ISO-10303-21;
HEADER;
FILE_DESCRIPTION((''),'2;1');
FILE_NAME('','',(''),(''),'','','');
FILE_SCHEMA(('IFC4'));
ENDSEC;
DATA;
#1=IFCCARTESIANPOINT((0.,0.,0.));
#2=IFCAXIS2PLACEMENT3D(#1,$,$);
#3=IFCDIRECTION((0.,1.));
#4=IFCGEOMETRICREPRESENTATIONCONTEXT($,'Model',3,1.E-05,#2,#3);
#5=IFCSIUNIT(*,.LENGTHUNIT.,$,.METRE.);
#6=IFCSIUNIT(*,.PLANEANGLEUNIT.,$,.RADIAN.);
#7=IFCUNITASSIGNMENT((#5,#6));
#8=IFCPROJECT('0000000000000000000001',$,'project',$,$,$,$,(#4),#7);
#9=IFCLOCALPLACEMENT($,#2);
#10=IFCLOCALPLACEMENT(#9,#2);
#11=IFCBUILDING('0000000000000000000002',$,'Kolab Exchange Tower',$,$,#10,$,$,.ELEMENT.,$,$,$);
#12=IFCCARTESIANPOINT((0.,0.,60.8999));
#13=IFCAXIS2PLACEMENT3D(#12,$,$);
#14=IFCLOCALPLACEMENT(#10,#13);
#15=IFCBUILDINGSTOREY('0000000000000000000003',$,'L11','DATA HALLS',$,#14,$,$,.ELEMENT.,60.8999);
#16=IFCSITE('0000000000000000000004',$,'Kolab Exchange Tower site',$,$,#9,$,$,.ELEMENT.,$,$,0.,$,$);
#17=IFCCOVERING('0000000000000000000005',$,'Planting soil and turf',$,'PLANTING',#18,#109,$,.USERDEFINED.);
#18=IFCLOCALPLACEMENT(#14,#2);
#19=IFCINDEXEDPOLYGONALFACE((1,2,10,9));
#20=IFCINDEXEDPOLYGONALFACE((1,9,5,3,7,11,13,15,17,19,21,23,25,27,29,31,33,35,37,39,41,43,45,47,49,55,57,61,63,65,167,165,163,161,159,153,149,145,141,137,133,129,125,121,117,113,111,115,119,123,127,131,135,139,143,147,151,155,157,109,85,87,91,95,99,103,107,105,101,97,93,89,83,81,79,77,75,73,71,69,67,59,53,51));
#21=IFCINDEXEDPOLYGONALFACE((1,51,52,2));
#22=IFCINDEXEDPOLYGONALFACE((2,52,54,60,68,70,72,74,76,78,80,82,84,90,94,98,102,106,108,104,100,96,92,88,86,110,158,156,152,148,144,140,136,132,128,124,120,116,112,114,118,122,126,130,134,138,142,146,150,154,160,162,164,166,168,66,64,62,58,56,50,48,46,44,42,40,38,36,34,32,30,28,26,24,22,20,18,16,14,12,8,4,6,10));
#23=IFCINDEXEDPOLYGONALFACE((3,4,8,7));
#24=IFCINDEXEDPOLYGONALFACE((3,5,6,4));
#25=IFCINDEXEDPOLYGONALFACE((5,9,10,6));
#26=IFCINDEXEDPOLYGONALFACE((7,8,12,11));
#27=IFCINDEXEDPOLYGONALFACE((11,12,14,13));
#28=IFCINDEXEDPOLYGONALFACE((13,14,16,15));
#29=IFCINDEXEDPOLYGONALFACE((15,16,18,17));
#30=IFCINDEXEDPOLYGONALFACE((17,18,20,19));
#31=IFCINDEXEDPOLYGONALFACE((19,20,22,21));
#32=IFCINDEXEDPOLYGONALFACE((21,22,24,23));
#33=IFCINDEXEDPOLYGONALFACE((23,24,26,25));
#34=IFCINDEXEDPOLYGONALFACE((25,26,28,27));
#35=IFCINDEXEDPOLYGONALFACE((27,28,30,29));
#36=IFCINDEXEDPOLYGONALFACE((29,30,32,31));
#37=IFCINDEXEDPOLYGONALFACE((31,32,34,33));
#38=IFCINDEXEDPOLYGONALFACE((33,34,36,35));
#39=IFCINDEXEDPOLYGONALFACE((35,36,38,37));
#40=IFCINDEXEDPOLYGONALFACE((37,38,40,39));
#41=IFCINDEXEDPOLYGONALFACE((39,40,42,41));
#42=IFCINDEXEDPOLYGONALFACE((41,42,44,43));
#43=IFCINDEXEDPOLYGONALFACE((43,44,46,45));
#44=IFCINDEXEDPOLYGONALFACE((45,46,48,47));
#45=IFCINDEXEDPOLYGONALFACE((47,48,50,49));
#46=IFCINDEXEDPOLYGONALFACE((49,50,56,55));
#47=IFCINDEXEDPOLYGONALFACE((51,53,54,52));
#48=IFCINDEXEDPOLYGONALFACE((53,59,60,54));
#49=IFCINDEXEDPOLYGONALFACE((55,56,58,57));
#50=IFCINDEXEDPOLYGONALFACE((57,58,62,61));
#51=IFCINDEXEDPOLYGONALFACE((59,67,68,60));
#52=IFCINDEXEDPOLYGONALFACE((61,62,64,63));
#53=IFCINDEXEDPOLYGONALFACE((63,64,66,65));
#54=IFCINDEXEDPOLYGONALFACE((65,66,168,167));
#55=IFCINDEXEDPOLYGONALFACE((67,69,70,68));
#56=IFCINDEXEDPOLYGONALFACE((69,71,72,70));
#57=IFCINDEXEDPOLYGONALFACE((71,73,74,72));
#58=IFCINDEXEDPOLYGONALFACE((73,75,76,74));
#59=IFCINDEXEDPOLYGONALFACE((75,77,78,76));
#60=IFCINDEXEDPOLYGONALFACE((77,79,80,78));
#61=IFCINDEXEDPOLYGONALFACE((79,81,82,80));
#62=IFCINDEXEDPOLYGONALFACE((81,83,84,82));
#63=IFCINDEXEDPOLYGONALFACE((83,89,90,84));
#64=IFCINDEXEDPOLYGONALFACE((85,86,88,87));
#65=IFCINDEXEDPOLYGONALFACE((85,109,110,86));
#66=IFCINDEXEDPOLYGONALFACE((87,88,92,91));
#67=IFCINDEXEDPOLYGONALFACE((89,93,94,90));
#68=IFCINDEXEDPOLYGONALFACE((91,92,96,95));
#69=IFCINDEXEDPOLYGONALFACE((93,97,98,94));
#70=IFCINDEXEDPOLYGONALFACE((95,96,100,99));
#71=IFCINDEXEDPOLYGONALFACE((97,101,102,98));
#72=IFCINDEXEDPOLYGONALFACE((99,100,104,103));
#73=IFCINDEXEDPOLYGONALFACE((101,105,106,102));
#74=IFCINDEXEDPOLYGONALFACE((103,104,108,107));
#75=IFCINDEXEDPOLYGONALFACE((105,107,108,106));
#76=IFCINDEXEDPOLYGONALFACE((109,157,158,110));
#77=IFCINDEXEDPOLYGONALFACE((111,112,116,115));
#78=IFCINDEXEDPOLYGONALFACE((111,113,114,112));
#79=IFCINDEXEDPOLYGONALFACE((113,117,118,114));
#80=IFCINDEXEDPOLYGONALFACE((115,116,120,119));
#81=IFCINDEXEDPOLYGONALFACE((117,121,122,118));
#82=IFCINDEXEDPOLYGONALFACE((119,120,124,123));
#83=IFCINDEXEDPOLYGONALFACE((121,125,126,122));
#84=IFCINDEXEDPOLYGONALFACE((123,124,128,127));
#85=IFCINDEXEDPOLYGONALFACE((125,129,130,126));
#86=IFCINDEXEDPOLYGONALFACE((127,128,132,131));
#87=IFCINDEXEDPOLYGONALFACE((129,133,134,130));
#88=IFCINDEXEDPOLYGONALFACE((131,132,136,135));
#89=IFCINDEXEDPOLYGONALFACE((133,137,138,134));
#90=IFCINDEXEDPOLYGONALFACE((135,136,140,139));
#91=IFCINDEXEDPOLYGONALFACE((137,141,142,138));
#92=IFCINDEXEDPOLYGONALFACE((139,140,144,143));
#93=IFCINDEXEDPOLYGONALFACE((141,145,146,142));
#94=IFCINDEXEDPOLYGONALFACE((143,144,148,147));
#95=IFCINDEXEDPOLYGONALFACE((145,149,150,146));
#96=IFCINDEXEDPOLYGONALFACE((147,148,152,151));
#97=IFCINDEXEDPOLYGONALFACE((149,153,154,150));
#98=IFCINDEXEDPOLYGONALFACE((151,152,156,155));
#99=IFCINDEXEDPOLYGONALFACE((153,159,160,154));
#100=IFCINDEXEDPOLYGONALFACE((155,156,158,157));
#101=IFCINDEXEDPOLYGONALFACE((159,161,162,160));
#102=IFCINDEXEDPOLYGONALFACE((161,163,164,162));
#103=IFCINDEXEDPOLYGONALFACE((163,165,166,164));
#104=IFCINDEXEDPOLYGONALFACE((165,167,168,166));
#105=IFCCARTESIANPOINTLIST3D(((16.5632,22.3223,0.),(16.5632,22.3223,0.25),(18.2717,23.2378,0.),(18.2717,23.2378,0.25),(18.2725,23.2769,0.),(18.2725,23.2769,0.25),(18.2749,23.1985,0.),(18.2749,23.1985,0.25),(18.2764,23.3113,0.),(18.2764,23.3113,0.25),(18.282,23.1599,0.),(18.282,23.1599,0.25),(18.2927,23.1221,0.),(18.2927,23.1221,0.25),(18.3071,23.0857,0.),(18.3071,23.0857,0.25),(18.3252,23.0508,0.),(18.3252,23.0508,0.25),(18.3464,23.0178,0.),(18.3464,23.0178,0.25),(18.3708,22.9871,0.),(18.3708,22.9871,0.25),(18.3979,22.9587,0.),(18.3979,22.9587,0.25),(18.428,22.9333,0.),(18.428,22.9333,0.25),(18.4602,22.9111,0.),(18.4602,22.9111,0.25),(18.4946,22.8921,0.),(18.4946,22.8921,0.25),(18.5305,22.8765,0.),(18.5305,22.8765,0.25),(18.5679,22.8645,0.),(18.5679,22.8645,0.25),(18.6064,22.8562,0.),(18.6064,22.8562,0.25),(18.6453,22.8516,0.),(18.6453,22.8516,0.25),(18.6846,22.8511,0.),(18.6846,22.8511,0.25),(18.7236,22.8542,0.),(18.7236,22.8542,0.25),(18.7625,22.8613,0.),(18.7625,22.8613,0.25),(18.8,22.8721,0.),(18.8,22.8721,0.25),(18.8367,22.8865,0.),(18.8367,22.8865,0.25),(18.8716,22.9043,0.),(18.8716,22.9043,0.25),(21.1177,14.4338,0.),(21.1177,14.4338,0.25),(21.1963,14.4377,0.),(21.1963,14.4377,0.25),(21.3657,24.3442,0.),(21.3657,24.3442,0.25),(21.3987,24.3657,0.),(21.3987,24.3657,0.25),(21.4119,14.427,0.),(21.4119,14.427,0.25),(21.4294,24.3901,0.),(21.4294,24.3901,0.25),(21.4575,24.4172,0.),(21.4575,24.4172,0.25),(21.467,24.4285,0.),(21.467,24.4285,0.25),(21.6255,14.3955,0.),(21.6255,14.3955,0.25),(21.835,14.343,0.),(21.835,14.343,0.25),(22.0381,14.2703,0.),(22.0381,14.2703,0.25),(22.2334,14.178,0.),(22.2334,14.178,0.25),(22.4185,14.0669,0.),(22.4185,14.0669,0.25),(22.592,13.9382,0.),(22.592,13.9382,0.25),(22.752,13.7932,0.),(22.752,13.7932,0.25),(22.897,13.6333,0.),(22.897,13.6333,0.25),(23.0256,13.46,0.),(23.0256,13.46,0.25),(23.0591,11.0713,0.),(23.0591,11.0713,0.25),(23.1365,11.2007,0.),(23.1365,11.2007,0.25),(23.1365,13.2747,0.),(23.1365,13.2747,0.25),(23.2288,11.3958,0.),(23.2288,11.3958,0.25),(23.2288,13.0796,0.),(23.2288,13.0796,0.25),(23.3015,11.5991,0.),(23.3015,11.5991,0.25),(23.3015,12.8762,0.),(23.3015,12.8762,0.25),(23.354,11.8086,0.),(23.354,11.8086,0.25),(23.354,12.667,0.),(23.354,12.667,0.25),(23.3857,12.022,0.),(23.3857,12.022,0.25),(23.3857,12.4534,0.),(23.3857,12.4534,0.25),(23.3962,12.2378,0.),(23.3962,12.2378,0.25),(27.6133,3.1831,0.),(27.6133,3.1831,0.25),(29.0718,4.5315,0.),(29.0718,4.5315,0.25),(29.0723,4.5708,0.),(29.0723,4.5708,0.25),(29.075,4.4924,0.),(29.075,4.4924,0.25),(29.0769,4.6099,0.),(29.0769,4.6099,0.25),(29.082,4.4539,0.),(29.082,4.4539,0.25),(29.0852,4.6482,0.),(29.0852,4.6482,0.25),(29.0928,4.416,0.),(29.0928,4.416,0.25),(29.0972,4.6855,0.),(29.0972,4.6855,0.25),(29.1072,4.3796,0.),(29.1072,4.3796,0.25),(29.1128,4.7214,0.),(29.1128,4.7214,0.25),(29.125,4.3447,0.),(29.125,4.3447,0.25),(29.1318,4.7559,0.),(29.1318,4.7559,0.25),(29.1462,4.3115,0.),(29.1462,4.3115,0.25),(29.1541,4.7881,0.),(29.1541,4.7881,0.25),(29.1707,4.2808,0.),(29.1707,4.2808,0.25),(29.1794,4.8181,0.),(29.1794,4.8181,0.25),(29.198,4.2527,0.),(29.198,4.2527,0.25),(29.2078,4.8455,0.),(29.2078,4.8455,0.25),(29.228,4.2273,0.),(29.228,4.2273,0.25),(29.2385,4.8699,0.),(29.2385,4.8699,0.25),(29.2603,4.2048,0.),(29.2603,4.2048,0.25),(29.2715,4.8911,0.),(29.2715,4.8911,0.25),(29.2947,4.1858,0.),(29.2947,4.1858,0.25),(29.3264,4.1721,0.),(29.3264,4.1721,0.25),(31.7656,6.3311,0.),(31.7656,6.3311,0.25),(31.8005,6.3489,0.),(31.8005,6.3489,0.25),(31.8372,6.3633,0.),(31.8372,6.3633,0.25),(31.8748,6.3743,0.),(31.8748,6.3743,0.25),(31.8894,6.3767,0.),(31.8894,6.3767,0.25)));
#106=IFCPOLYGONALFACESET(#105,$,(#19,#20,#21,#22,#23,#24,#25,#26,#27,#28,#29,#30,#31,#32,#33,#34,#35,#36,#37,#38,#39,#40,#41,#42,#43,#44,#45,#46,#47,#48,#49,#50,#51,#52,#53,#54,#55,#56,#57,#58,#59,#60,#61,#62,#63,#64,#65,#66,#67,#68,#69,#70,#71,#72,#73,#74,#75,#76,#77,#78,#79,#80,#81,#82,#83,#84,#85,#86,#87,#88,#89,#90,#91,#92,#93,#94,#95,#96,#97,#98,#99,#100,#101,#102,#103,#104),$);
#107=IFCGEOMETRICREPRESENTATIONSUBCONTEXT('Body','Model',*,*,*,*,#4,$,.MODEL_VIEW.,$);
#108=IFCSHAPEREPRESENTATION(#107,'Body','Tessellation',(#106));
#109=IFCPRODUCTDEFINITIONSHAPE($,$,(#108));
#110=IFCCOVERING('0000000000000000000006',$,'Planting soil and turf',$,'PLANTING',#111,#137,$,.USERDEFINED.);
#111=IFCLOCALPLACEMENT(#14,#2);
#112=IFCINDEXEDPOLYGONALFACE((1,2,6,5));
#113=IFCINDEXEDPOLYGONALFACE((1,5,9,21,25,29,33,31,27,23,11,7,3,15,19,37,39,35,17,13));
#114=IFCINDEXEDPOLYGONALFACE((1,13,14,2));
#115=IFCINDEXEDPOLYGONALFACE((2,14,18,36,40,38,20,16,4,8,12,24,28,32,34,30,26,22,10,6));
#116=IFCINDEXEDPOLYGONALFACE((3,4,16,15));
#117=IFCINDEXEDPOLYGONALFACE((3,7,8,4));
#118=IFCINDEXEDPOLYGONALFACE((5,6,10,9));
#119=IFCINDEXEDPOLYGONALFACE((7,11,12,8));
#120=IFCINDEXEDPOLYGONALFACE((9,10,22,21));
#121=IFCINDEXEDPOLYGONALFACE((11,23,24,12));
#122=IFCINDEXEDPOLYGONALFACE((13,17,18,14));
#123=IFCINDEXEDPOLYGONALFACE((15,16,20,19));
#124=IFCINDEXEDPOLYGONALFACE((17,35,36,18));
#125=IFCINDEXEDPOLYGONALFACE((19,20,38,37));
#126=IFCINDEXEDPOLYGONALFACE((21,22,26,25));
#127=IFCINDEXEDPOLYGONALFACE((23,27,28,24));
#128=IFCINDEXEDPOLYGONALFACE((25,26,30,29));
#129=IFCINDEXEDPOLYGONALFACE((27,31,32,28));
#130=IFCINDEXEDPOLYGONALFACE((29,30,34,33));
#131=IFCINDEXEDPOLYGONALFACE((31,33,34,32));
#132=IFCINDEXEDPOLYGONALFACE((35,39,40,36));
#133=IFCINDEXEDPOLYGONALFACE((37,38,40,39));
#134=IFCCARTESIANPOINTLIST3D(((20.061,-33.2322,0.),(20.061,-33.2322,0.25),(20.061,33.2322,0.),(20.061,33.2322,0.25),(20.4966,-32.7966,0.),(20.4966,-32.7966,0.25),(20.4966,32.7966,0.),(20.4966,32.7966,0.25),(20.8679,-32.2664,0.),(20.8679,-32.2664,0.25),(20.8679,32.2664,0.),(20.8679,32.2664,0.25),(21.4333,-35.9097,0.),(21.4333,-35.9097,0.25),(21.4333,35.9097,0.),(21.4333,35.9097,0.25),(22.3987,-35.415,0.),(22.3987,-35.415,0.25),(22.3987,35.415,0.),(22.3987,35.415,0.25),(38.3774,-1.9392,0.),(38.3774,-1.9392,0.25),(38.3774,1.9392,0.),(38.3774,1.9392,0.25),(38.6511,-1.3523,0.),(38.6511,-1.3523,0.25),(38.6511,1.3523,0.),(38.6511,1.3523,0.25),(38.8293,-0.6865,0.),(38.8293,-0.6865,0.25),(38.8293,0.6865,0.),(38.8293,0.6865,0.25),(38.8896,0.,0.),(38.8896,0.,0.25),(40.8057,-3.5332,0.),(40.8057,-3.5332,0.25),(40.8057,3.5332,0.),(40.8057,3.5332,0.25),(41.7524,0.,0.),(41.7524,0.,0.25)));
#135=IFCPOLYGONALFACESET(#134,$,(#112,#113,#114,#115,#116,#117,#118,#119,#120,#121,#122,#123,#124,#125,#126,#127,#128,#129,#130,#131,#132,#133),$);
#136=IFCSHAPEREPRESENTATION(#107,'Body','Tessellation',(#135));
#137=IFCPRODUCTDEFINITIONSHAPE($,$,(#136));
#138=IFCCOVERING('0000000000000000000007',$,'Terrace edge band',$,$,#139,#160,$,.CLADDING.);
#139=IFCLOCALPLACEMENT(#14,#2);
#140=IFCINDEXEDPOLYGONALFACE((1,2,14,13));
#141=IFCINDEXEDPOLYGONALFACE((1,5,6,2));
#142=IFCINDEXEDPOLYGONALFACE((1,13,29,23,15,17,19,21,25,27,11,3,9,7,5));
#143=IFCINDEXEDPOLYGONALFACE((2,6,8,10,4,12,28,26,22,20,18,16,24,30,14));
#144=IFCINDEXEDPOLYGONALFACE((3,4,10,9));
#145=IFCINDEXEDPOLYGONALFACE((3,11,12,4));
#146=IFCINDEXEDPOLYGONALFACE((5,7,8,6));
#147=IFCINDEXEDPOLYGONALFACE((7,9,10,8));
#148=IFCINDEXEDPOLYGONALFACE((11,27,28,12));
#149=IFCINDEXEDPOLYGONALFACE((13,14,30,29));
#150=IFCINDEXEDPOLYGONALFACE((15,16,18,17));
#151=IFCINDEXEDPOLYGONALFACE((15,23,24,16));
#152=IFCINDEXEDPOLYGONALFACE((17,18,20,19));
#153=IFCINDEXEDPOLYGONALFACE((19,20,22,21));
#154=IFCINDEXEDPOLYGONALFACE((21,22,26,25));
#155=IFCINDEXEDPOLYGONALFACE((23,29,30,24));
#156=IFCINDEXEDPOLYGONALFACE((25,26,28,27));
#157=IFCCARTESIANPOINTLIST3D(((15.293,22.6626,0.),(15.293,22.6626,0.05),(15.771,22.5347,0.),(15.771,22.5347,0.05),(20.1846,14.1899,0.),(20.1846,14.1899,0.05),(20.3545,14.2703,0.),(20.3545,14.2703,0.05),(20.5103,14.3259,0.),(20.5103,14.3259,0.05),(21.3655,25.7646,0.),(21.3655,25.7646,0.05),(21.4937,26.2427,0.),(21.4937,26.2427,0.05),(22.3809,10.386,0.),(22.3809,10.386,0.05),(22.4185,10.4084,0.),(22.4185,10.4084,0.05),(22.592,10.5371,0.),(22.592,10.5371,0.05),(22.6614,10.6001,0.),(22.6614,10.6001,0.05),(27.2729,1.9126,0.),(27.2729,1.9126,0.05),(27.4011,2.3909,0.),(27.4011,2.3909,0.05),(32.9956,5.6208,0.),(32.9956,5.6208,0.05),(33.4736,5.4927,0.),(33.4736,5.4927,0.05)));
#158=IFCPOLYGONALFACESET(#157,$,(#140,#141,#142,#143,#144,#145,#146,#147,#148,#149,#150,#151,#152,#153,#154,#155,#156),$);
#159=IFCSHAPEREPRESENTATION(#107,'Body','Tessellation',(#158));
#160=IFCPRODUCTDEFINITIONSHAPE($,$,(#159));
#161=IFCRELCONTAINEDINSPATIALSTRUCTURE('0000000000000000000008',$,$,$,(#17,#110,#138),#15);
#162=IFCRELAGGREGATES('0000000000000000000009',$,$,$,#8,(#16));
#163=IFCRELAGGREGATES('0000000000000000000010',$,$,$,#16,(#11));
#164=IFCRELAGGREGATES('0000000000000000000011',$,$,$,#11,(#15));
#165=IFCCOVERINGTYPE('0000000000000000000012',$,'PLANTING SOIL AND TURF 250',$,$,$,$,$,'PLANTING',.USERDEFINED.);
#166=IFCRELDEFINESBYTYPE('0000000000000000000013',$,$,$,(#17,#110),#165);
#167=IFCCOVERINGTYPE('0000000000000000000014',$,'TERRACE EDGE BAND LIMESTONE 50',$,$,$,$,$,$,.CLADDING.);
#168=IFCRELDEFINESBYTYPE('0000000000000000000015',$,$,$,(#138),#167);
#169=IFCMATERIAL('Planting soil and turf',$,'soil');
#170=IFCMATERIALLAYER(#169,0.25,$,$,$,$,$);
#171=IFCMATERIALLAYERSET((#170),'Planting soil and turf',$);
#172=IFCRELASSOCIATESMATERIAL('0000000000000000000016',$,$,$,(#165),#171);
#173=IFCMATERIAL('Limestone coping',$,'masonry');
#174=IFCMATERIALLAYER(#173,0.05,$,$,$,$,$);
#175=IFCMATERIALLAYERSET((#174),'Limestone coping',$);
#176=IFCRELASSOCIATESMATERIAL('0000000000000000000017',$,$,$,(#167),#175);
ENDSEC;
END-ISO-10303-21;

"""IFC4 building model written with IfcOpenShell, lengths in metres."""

from ifc_helpers import new_model, si_unit, direction, frame, origin, place, context, subcontext, project, spatial, polyline, outline, extrude, material, layer, layer_set, type_object, element, save


model = new_model("IFC4")

# Units and contexts
model_context = context("Model", 3, precision=1e-05, world=origin(), true_north=direction((0.0, 1.0)))
body_context = subcontext(model_context, "Body", "Model", "MODEL_VIEW")
ifc_project = project(units=[si_unit("LENGTHUNIT", "METRE"), si_unit("PLANEANGLEUNIT", "RADIAN")], contexts=[model_context])

# Site, building, storey
site_placement = place(None, origin())
site = spatial("IfcSite", under=ifc_project, at=site_placement, Name="Kolab Exchange Tower site", CompositionType="ELEMENT", RefElevation=0.0)
building_placement = place(site_placement, origin())
building = spatial("IfcBuilding", under=site, at=building_placement, Name="Kolab Exchange Tower", CompositionType="ELEMENT")
storey_placement = place(building_placement, frame((0.0, 0.0, 60.8999)))
storey = spatial("IfcBuildingStorey", under=building, at=storey_placement, Name="L11", Description="DATA HALLS", CompositionType="ELEMENT", Elevation=60.8999)

# Coverings
ifc_material_1 = material(Name="Planting soil and turf", Category="soil")
ifc_layer_1 = layer(ifc_material_1, 0.25)
ifc_layer_set_1 = layer_set([ifc_layer_1], Name="Planting soil and turf")
covering_type_1 = type_object("IfcCoveringType", Name="PLANTING SOIL AND TURF 250", ElementType="PLANTING", PredefinedType="USERDEFINED", material=ifc_layer_set_1)
covering_1_placement = place(storey_placement, origin())
element("IfcCovering", 1, at=covering_1_placement, inside=storey, type_object=covering_type_1, Name="Planting soil and turf", ObjectType="PLANTING", PredefinedType="USERDEFINED", context=body_context, shape_type="SweptSolid", body=[
    extrude(outline(polyline([(18.2764, 23.3113), (18.2725, 23.2769), (18.2717, 23.2378), (18.2749, 23.1985), (18.282, 23.1599), (18.2927, 23.1221), (18.3071, 23.0857), (18.3252, 23.0508), (18.3464, 23.0178), (18.3708, 22.9871), (18.3979, 22.9587), (18.428, 22.9333), (18.4602, 22.9111), (18.4946, 22.8921), (18.5305, 22.8765), (18.5679, 22.8645), (18.6064, 22.8562), (18.6453, 22.8516), (18.6846, 22.8511), (18.7236, 22.8542), (18.7625, 22.8613), (18.8, 22.8721), (18.8367, 22.8865), (18.8716, 22.9043), (21.3657, 24.3442), (21.3987, 24.3657), (21.4294, 24.3901), (21.4575, 24.4172), (21.467, 24.4285), (31.8894, 6.3767), (31.8748, 6.3743), (31.8372, 6.3633), (31.8005, 6.3489), (31.7656, 6.3311), (29.2715, 4.8911), (29.2385, 4.8699), (29.2078, 4.8455), (29.1794, 4.8181), (29.1541, 4.7881), (29.1318, 4.7559), (29.1128, 4.7214), (29.0972, 4.6855), (29.0852, 4.6482), (29.0769, 4.6099), (29.0723, 4.5708), (29.0718, 4.5315), (29.075, 4.4924), (29.082, 4.4539), (29.0928, 4.416), (29.1072, 4.3796), (29.125, 4.3447), (29.1462, 4.3115), (29.1707, 4.2808), (29.198, 4.2527), (29.228, 4.2273), (29.2603, 4.2048), (29.2947, 4.1858), (29.3264, 4.1721), (27.6133, 3.1831), (23.0591, 11.0713), (23.1365, 11.2007), (23.2288, 11.3958), (23.3015, 11.5991), (23.354, 11.8086), (23.3857, 12.022), (23.3962, 12.2378), (23.3857, 12.4534), (23.354, 12.667), (23.3015, 12.8762), (23.2288, 13.0796), (23.1365, 13.2747), (23.0256, 13.46), (22.897, 13.6333), (22.752, 13.7932), (22.592, 13.9382), (22.4185, 14.0669), (22.2334, 14.178), (22.0381, 14.2703), (21.835, 14.343), (21.6255, 14.3955), (21.4119, 14.427), (21.1963, 14.4377), (21.1177, 14.4338), (16.5632, 22.3223), (18.2764, 23.3113)])), origin(), (0.0, 0.0, 1.0), 0.25),
])
covering_2_placement = place(storey_placement, origin())
element("IfcCovering", 2, at=covering_2_placement, inside=storey, type_object=covering_type_1, Name="Planting soil and turf", ObjectType="PLANTING", PredefinedType="USERDEFINED", context=body_context, shape_type="SweptSolid", body=[
    extrude(outline(polyline([(21.4333, 35.9097), (22.3987, 35.415), (40.8057, 3.5332), (41.7524, 0.0), (40.8057, -3.5332), (22.3987, -35.415), (21.4333, -35.9097), (20.061, -33.2322), (20.4966, -32.7966), (20.8679, -32.2664), (38.3774, -1.9392), (38.6511, -1.3523), (38.8293, -0.6865), (38.8896, 0.0), (38.8293, 0.6865), (38.6511, 1.3523), (38.3774, 1.9392), (20.8679, 32.2664), (20.4966, 32.7966), (20.061, 33.2322), (21.4333, 35.9097)])), origin(), (0.0, 0.0, 1.0), 0.25),
])
ifc_material_2 = material(Name="Limestone coping", Category="masonry")
ifc_layer_2 = layer(ifc_material_2, 0.05)
ifc_layer_set_2 = layer_set([ifc_layer_2], Name="Limestone coping")
covering_type_2 = type_object("IfcCoveringType", Name="TERRACE EDGE BAND LIMESTONE 50", PredefinedType="CLADDING", material=ifc_layer_set_2)
covering_3_placement = place(storey_placement, origin())
element("IfcCovering", 3, at=covering_3_placement, inside=storey, type_object=covering_type_2, Name="Terrace edge band", PredefinedType="CLADDING", context=body_context, shape_type="SweptSolid", body=[
    extrude(outline(polyline([(33.4736, 5.4927), (27.2729, 1.9126), (22.3809, 10.386), (22.4185, 10.4084), (22.592, 10.5371), (22.6614, 10.6001), (27.4011, 2.3909), (32.9956, 5.6208), (21.3655, 25.7646), (15.771, 22.5347), (20.5103, 14.3259), (20.3545, 14.2703), (20.1846, 14.1899), (15.293, 22.6626), (21.4937, 26.2427), (33.4736, 5.4927)])), origin(), (0.0, 0.0, 1.0), 0.05),
])

save(model, "model.ifc")
